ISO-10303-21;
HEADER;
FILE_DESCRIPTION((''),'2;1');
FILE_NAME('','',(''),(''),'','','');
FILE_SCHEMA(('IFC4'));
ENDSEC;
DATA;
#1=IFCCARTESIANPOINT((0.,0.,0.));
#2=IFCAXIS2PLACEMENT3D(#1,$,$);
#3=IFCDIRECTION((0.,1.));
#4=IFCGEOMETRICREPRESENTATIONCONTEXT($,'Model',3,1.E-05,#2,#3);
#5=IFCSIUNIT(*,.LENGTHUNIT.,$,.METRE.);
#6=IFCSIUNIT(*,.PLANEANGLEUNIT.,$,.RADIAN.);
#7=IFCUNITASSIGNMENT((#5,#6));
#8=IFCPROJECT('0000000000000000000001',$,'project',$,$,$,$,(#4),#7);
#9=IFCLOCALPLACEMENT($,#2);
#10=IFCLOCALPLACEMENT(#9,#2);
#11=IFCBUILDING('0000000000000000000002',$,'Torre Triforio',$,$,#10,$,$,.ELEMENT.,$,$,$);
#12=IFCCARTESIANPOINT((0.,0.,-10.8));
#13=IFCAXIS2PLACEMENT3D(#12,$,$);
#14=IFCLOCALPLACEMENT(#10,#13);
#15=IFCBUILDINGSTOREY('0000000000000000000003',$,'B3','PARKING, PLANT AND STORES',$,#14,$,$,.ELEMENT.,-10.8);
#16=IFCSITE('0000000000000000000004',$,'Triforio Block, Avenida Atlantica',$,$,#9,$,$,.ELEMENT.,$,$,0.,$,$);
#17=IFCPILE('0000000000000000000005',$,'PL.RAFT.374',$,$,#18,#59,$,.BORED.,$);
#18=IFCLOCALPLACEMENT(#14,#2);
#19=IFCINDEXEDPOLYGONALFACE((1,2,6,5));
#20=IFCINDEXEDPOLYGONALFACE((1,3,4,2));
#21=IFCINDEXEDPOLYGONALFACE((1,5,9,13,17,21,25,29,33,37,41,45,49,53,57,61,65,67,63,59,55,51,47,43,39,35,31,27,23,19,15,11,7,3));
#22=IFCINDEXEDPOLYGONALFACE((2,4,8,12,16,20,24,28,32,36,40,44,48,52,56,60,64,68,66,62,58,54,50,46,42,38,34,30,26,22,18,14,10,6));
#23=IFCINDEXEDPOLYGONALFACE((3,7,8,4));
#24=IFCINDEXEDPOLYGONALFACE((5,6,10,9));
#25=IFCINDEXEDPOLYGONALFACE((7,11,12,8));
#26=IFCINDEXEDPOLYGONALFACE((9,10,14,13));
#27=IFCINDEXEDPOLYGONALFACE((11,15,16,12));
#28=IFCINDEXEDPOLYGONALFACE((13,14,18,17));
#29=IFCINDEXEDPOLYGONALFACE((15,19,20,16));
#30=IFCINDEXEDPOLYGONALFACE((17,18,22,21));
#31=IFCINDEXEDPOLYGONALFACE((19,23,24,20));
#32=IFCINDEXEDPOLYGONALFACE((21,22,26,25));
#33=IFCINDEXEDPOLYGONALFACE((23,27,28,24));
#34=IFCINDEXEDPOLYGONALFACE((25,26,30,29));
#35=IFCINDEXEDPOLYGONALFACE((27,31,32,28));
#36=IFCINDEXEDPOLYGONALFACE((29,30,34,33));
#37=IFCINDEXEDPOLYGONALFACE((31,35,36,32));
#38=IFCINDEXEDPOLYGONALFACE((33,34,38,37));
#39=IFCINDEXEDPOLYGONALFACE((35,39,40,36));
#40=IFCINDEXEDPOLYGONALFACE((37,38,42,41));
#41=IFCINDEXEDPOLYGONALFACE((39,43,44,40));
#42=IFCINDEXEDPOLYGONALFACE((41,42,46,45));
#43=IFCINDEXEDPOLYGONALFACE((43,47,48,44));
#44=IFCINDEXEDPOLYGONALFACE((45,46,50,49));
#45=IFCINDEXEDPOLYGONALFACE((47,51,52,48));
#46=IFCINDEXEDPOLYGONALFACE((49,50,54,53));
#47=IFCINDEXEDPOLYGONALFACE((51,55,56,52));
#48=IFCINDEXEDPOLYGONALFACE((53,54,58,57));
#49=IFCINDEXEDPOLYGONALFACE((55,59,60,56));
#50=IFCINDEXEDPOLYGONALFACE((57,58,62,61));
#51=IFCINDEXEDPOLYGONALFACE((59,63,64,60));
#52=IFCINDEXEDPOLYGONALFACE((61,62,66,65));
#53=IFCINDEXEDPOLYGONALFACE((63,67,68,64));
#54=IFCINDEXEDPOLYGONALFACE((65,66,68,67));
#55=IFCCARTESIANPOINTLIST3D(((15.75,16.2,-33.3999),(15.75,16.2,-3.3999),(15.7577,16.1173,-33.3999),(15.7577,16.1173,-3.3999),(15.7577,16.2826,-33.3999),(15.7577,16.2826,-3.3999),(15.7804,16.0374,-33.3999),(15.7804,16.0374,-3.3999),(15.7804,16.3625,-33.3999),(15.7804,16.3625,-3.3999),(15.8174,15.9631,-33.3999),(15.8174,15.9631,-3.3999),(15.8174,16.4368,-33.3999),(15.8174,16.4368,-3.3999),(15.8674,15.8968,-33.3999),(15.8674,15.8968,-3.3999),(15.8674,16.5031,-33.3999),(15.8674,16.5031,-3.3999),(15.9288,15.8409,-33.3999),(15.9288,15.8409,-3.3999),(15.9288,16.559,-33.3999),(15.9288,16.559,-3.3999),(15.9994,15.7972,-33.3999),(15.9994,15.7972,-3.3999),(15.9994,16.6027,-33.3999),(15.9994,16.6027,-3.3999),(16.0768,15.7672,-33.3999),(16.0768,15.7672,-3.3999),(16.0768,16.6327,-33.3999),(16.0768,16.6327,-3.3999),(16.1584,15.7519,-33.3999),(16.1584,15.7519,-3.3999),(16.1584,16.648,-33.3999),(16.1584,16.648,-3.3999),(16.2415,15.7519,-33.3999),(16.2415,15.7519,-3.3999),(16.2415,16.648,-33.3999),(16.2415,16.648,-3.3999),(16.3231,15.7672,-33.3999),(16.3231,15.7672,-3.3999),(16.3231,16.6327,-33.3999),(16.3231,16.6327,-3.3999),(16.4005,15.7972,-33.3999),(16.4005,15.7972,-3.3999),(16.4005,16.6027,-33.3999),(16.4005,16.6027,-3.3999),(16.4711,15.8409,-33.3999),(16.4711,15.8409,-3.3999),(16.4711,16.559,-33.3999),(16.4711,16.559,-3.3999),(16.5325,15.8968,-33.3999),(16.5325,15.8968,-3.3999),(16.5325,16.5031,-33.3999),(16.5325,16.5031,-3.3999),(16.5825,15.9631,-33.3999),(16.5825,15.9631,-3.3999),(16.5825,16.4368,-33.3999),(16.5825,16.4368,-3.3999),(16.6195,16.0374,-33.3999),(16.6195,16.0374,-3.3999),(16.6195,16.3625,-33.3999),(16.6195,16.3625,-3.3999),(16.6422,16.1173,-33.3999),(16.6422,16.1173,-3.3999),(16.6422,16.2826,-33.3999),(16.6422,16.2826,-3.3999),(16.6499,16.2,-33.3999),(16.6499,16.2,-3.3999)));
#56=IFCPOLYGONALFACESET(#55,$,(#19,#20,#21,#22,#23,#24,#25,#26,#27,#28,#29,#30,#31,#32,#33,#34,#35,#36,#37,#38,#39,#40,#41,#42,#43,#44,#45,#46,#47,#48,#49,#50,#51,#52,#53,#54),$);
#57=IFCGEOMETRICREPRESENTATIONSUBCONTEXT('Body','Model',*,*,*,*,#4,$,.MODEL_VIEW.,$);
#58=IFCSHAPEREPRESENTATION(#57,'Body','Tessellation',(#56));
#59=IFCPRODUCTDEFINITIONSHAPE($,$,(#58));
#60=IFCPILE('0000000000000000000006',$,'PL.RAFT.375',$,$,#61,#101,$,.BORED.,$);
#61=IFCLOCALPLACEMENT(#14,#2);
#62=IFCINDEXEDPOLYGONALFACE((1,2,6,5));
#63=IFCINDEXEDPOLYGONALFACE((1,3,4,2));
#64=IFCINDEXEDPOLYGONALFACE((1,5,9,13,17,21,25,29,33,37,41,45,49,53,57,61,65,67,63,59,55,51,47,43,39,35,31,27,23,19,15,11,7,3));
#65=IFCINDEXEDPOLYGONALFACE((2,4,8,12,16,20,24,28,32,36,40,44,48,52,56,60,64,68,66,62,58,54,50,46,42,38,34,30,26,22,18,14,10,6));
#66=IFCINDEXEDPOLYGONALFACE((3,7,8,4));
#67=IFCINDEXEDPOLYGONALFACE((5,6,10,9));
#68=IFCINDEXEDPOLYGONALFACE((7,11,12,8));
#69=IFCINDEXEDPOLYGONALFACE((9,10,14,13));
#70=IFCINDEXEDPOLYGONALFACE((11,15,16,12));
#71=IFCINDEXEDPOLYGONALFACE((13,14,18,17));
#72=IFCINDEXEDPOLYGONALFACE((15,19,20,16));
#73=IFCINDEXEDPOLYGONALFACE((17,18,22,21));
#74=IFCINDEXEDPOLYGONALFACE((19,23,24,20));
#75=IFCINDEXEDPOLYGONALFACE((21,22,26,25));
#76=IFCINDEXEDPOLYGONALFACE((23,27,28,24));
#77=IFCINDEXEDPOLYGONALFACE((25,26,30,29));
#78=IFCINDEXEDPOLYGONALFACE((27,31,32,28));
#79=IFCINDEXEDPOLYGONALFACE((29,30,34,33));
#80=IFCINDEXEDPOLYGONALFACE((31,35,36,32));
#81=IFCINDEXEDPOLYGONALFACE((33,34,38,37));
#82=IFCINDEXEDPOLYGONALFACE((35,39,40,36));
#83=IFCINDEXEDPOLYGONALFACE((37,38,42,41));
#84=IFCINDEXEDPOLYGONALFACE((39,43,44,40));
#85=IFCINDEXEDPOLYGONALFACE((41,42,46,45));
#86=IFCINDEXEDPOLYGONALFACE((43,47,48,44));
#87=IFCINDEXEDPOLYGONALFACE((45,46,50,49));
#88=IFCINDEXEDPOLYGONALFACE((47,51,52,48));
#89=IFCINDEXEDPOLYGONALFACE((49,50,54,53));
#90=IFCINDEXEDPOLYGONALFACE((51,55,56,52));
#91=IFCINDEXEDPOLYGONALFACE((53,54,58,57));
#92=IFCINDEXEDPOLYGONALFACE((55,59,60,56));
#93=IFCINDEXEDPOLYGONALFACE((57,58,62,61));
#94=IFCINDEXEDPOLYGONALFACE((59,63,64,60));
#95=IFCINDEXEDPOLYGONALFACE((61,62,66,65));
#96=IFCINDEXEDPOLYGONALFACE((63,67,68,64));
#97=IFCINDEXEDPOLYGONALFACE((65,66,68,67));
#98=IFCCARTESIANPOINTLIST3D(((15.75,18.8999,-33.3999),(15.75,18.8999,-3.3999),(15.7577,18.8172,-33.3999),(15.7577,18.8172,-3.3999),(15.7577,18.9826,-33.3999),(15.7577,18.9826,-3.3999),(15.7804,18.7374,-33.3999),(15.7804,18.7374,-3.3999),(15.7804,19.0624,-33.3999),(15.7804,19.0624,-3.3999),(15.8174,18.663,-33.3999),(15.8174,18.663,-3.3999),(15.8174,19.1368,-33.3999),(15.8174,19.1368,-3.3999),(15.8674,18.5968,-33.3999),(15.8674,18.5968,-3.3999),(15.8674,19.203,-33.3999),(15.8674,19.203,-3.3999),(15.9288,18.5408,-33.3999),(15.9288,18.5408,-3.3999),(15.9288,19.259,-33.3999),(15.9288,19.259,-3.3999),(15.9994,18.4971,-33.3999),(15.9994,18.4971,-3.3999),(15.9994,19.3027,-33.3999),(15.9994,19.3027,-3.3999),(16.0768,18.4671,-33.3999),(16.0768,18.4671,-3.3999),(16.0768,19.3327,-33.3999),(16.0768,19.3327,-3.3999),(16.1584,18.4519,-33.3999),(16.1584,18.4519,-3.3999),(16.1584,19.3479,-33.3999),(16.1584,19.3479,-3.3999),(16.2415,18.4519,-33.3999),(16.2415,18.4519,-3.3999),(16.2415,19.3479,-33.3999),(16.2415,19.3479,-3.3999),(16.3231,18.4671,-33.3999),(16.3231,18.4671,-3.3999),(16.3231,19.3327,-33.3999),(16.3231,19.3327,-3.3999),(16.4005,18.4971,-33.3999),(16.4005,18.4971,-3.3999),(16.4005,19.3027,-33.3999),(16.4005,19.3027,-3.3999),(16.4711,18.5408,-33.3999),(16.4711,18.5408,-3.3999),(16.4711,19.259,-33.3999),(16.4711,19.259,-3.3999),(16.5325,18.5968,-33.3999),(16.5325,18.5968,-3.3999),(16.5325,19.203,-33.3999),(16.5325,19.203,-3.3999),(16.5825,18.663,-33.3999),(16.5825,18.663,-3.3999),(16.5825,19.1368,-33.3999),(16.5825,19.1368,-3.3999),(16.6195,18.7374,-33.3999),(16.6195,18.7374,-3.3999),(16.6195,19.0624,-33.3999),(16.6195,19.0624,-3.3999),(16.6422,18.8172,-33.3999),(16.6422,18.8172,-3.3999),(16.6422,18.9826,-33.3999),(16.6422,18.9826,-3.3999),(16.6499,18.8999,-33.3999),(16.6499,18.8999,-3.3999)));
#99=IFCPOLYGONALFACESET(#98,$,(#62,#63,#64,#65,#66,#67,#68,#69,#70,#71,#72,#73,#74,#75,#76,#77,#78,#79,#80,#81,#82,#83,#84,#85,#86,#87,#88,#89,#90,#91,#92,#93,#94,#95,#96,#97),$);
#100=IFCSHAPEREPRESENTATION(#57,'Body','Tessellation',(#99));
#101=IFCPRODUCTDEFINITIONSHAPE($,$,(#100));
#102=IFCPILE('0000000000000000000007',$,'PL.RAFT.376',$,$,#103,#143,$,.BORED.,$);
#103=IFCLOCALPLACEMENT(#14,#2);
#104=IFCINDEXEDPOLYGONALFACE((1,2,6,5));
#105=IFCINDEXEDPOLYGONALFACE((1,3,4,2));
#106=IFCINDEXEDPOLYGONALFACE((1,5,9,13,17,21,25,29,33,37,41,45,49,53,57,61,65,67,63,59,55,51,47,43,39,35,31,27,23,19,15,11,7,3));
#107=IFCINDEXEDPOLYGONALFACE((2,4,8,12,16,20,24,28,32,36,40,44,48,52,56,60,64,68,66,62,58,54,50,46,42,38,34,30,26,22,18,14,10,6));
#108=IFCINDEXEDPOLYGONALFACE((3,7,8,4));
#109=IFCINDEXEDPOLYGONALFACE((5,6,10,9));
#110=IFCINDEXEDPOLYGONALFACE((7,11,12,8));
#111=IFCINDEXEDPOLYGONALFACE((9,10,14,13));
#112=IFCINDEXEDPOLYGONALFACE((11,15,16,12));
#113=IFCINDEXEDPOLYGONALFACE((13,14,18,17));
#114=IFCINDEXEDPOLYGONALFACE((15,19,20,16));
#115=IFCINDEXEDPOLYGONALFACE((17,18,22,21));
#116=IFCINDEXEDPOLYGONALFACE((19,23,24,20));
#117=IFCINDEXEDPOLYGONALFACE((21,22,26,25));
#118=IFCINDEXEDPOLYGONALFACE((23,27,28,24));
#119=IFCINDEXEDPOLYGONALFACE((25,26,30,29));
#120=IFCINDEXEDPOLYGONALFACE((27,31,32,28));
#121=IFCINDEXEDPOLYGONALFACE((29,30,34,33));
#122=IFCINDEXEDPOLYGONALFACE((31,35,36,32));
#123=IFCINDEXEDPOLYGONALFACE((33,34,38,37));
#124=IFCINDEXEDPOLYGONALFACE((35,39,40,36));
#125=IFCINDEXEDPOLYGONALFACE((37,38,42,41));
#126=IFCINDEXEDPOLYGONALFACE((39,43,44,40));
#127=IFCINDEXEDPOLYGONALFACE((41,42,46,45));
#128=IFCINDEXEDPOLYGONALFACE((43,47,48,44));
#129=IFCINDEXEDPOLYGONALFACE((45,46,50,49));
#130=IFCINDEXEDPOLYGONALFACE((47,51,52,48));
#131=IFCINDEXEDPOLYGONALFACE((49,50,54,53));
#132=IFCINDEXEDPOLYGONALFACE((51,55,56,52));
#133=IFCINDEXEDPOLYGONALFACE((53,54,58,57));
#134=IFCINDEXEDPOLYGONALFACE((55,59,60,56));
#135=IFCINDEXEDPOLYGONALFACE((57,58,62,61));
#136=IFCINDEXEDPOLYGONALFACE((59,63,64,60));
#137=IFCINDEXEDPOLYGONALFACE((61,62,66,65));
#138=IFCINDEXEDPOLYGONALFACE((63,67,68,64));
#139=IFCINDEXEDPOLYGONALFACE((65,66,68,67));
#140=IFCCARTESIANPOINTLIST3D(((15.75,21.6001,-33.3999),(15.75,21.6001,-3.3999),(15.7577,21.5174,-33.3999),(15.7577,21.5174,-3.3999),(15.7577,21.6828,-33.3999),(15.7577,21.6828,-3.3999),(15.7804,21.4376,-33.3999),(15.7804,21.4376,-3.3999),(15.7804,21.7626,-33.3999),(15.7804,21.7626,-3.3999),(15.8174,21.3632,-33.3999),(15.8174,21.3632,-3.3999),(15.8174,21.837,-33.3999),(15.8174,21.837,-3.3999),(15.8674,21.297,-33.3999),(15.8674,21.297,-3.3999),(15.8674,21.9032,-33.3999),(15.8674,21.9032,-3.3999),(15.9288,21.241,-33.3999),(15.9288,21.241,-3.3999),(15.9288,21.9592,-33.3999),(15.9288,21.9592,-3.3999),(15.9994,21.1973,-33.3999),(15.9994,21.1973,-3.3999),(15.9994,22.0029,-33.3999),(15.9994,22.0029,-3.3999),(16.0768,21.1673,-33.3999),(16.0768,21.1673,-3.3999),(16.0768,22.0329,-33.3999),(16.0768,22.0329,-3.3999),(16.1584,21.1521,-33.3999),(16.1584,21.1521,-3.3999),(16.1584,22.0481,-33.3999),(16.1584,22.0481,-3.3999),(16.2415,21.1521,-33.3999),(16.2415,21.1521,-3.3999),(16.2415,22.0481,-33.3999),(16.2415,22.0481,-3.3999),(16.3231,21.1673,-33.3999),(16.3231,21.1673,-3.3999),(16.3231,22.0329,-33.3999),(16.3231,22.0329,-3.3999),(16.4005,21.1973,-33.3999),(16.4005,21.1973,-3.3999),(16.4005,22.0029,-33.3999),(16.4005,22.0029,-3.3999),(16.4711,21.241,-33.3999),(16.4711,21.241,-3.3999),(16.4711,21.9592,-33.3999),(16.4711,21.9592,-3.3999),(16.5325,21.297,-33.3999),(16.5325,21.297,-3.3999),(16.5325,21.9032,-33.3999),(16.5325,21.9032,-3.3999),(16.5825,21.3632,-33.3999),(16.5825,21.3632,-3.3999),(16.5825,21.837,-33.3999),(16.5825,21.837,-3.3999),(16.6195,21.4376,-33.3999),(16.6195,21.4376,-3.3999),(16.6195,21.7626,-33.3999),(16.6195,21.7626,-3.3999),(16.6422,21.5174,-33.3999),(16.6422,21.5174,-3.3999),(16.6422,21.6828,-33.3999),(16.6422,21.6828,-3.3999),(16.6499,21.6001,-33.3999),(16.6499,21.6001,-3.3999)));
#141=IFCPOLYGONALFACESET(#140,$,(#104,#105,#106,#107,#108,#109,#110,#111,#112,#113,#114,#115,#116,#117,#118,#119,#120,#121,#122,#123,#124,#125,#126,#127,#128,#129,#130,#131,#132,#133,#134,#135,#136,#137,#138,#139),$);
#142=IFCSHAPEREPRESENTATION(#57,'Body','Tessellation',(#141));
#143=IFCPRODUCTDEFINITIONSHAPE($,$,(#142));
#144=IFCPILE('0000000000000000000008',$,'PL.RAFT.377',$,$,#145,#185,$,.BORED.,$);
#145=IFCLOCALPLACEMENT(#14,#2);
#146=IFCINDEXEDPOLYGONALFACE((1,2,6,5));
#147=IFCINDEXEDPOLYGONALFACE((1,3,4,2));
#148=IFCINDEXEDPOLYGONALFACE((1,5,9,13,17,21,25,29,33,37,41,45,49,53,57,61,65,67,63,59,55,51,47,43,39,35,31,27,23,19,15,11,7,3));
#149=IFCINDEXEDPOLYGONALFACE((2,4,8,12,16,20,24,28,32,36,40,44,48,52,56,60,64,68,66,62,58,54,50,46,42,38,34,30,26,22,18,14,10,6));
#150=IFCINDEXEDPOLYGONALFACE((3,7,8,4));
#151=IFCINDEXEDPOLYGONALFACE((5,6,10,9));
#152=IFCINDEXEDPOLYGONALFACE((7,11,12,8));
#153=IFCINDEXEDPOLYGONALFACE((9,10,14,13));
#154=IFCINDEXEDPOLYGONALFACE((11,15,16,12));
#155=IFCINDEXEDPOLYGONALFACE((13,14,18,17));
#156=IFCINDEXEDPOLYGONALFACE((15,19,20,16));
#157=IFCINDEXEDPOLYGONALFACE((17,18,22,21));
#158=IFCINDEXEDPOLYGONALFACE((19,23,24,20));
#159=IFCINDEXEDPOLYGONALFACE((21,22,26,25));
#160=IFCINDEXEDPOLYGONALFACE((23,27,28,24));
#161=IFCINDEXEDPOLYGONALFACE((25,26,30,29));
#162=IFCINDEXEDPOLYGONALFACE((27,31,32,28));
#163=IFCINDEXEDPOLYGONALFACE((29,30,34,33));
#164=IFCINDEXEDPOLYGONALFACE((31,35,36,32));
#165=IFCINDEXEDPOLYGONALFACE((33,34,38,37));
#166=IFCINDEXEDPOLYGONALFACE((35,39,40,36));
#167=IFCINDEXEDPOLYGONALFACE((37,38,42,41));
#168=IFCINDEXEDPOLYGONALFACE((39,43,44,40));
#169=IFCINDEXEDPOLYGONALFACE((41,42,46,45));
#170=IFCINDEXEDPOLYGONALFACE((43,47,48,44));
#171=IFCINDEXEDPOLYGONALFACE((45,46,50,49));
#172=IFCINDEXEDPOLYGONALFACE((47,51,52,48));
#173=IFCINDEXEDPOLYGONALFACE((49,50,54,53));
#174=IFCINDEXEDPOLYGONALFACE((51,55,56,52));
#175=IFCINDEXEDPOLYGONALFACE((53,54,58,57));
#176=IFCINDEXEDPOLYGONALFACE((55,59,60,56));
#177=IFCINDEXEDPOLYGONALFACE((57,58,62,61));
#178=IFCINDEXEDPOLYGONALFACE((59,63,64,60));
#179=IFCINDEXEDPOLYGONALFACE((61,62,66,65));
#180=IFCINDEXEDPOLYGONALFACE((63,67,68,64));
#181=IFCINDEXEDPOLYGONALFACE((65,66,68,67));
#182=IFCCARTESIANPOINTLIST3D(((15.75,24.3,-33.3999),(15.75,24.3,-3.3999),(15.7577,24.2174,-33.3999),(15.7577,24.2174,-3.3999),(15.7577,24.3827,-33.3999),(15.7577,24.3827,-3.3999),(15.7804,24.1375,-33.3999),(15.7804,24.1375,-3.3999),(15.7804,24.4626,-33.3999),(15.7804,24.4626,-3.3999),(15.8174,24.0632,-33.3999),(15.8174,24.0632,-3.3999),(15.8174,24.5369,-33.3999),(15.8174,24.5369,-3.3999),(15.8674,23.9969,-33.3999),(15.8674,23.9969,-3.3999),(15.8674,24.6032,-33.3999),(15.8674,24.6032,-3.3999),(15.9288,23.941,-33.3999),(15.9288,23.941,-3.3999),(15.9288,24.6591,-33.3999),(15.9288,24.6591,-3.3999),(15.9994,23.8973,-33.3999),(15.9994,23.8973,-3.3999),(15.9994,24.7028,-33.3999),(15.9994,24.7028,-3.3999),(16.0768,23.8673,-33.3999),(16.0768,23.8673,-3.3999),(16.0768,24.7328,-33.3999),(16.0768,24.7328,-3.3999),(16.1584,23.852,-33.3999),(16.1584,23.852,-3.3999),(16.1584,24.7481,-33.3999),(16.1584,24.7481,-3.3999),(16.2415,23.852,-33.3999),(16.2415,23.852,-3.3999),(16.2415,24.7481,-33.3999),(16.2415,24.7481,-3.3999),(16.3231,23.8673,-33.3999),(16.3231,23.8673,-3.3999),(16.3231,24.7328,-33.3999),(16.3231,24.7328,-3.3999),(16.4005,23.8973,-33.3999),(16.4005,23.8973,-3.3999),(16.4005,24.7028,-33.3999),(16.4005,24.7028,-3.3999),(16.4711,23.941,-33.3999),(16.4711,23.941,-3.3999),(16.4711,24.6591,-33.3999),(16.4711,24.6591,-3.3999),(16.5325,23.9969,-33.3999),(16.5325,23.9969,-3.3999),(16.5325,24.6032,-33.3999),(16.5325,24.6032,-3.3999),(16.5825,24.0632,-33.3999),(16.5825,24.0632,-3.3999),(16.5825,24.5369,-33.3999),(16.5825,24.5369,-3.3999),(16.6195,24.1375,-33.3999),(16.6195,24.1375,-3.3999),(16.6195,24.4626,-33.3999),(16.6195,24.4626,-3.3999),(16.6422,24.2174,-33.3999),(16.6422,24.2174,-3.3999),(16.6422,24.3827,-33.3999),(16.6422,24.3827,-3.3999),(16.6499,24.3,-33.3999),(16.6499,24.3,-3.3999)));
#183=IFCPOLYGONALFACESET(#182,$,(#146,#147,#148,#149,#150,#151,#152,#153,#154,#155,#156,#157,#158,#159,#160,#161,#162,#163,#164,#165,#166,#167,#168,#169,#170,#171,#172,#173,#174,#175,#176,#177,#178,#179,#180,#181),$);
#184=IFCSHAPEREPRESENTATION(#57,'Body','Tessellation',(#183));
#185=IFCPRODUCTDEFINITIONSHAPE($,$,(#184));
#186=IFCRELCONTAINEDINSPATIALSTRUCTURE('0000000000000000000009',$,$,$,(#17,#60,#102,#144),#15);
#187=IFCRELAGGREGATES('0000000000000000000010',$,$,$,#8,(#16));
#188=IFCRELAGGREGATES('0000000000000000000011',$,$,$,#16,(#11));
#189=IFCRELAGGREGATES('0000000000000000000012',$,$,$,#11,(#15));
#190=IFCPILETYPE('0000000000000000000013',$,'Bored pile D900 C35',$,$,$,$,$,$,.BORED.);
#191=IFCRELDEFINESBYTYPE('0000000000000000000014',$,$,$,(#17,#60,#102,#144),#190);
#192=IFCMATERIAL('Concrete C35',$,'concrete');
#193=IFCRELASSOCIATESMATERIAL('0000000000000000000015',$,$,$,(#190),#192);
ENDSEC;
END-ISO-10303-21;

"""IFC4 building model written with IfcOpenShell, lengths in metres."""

from ifc_helpers import new_model, si_unit, direction, frame, origin, origin_2d, place, context, subcontext, project, spatial, circle, extrude, material, material_profile, profile_set, type_object, element, save


model = new_model("IFC4")

# Units and contexts
model_context = context("Model", 3, precision=1e-05, world=origin(), true_north=direction((0.0, 1.0)))
body_context = subcontext(model_context, "Body", "Model", "MODEL_VIEW")
ifc_project = project(units=[si_unit("LENGTHUNIT", "METRE"), si_unit("PLANEANGLEUNIT", "RADIAN")], contexts=[model_context])

# Site, building, storey
site_placement = place(None, origin())
site = spatial("IfcSite", under=ifc_project, at=site_placement, Name="Triforio Block, Avenida Atlantica", CompositionType="ELEMENT", RefElevation=0.0)
building_placement = place(site_placement, origin())
building = spatial("IfcBuilding", under=site, at=building_placement, Name="Torre Triforio", CompositionType="ELEMENT")
storey_placement = place(building_placement, frame((0.0, 0.0, -10.8)))
storey = spatial("IfcBuildingStorey", under=building, at=storey_placement, Name="B3", Description="PARKING, PLANT AND STORES", CompositionType="ELEMENT", Elevation=-10.8)

# Piles
ifc_material_1 = material(Name="Concrete C35", Category="concrete")
ifc_material_profile_1 = material_profile(ifc_material_1, circle(Radius=0.45, at=origin_2d()), Name="RC D900")
ifc_profile_set_1 = profile_set([ifc_material_profile_1], Name="Concrete C35")
pile_type = type_object("IfcPileType", Name="Bored pile D900 C35", PredefinedType="BORED", material=ifc_profile_set_1)
for number, where, z_axis, x_axis, name in (
    (1, (16.2, 16.2, -3.3999), (0.0, 0.0, -1.0), (1.0, 0.0, 0.0), "PL.RAFT.374"),
    (2, (16.2, 18.8999, -3.3999), (0.0, 0.0, -1.0), (1.0, 0.0, 0.0), "PL.RAFT.375"),
    (3, (16.2, 21.6001, -3.3999), (0.0, 0.0, -1.0), (1.0, 0.0, 0.0), "PL.RAFT.376"),
    (4, (16.2, 24.3, -3.3999), (0.0, 0.0, -1.0), (1.0, 0.0, 0.0), "PL.RAFT.377"),
):
    element("IfcPile", number, at=place(storey_placement, frame(where, z_axis=z_axis, x_axis=x_axis)), inside=storey, type_object=pile_type, Name=name, PredefinedType="BORED", context=body_context, shape_type="SweptSolid", body=[
        extrude(circle(Radius=0.45, at=origin_2d()), origin(), (0.0, 0.0, 1.0), 30.0),
    ])

save(model, "model.ifc")
